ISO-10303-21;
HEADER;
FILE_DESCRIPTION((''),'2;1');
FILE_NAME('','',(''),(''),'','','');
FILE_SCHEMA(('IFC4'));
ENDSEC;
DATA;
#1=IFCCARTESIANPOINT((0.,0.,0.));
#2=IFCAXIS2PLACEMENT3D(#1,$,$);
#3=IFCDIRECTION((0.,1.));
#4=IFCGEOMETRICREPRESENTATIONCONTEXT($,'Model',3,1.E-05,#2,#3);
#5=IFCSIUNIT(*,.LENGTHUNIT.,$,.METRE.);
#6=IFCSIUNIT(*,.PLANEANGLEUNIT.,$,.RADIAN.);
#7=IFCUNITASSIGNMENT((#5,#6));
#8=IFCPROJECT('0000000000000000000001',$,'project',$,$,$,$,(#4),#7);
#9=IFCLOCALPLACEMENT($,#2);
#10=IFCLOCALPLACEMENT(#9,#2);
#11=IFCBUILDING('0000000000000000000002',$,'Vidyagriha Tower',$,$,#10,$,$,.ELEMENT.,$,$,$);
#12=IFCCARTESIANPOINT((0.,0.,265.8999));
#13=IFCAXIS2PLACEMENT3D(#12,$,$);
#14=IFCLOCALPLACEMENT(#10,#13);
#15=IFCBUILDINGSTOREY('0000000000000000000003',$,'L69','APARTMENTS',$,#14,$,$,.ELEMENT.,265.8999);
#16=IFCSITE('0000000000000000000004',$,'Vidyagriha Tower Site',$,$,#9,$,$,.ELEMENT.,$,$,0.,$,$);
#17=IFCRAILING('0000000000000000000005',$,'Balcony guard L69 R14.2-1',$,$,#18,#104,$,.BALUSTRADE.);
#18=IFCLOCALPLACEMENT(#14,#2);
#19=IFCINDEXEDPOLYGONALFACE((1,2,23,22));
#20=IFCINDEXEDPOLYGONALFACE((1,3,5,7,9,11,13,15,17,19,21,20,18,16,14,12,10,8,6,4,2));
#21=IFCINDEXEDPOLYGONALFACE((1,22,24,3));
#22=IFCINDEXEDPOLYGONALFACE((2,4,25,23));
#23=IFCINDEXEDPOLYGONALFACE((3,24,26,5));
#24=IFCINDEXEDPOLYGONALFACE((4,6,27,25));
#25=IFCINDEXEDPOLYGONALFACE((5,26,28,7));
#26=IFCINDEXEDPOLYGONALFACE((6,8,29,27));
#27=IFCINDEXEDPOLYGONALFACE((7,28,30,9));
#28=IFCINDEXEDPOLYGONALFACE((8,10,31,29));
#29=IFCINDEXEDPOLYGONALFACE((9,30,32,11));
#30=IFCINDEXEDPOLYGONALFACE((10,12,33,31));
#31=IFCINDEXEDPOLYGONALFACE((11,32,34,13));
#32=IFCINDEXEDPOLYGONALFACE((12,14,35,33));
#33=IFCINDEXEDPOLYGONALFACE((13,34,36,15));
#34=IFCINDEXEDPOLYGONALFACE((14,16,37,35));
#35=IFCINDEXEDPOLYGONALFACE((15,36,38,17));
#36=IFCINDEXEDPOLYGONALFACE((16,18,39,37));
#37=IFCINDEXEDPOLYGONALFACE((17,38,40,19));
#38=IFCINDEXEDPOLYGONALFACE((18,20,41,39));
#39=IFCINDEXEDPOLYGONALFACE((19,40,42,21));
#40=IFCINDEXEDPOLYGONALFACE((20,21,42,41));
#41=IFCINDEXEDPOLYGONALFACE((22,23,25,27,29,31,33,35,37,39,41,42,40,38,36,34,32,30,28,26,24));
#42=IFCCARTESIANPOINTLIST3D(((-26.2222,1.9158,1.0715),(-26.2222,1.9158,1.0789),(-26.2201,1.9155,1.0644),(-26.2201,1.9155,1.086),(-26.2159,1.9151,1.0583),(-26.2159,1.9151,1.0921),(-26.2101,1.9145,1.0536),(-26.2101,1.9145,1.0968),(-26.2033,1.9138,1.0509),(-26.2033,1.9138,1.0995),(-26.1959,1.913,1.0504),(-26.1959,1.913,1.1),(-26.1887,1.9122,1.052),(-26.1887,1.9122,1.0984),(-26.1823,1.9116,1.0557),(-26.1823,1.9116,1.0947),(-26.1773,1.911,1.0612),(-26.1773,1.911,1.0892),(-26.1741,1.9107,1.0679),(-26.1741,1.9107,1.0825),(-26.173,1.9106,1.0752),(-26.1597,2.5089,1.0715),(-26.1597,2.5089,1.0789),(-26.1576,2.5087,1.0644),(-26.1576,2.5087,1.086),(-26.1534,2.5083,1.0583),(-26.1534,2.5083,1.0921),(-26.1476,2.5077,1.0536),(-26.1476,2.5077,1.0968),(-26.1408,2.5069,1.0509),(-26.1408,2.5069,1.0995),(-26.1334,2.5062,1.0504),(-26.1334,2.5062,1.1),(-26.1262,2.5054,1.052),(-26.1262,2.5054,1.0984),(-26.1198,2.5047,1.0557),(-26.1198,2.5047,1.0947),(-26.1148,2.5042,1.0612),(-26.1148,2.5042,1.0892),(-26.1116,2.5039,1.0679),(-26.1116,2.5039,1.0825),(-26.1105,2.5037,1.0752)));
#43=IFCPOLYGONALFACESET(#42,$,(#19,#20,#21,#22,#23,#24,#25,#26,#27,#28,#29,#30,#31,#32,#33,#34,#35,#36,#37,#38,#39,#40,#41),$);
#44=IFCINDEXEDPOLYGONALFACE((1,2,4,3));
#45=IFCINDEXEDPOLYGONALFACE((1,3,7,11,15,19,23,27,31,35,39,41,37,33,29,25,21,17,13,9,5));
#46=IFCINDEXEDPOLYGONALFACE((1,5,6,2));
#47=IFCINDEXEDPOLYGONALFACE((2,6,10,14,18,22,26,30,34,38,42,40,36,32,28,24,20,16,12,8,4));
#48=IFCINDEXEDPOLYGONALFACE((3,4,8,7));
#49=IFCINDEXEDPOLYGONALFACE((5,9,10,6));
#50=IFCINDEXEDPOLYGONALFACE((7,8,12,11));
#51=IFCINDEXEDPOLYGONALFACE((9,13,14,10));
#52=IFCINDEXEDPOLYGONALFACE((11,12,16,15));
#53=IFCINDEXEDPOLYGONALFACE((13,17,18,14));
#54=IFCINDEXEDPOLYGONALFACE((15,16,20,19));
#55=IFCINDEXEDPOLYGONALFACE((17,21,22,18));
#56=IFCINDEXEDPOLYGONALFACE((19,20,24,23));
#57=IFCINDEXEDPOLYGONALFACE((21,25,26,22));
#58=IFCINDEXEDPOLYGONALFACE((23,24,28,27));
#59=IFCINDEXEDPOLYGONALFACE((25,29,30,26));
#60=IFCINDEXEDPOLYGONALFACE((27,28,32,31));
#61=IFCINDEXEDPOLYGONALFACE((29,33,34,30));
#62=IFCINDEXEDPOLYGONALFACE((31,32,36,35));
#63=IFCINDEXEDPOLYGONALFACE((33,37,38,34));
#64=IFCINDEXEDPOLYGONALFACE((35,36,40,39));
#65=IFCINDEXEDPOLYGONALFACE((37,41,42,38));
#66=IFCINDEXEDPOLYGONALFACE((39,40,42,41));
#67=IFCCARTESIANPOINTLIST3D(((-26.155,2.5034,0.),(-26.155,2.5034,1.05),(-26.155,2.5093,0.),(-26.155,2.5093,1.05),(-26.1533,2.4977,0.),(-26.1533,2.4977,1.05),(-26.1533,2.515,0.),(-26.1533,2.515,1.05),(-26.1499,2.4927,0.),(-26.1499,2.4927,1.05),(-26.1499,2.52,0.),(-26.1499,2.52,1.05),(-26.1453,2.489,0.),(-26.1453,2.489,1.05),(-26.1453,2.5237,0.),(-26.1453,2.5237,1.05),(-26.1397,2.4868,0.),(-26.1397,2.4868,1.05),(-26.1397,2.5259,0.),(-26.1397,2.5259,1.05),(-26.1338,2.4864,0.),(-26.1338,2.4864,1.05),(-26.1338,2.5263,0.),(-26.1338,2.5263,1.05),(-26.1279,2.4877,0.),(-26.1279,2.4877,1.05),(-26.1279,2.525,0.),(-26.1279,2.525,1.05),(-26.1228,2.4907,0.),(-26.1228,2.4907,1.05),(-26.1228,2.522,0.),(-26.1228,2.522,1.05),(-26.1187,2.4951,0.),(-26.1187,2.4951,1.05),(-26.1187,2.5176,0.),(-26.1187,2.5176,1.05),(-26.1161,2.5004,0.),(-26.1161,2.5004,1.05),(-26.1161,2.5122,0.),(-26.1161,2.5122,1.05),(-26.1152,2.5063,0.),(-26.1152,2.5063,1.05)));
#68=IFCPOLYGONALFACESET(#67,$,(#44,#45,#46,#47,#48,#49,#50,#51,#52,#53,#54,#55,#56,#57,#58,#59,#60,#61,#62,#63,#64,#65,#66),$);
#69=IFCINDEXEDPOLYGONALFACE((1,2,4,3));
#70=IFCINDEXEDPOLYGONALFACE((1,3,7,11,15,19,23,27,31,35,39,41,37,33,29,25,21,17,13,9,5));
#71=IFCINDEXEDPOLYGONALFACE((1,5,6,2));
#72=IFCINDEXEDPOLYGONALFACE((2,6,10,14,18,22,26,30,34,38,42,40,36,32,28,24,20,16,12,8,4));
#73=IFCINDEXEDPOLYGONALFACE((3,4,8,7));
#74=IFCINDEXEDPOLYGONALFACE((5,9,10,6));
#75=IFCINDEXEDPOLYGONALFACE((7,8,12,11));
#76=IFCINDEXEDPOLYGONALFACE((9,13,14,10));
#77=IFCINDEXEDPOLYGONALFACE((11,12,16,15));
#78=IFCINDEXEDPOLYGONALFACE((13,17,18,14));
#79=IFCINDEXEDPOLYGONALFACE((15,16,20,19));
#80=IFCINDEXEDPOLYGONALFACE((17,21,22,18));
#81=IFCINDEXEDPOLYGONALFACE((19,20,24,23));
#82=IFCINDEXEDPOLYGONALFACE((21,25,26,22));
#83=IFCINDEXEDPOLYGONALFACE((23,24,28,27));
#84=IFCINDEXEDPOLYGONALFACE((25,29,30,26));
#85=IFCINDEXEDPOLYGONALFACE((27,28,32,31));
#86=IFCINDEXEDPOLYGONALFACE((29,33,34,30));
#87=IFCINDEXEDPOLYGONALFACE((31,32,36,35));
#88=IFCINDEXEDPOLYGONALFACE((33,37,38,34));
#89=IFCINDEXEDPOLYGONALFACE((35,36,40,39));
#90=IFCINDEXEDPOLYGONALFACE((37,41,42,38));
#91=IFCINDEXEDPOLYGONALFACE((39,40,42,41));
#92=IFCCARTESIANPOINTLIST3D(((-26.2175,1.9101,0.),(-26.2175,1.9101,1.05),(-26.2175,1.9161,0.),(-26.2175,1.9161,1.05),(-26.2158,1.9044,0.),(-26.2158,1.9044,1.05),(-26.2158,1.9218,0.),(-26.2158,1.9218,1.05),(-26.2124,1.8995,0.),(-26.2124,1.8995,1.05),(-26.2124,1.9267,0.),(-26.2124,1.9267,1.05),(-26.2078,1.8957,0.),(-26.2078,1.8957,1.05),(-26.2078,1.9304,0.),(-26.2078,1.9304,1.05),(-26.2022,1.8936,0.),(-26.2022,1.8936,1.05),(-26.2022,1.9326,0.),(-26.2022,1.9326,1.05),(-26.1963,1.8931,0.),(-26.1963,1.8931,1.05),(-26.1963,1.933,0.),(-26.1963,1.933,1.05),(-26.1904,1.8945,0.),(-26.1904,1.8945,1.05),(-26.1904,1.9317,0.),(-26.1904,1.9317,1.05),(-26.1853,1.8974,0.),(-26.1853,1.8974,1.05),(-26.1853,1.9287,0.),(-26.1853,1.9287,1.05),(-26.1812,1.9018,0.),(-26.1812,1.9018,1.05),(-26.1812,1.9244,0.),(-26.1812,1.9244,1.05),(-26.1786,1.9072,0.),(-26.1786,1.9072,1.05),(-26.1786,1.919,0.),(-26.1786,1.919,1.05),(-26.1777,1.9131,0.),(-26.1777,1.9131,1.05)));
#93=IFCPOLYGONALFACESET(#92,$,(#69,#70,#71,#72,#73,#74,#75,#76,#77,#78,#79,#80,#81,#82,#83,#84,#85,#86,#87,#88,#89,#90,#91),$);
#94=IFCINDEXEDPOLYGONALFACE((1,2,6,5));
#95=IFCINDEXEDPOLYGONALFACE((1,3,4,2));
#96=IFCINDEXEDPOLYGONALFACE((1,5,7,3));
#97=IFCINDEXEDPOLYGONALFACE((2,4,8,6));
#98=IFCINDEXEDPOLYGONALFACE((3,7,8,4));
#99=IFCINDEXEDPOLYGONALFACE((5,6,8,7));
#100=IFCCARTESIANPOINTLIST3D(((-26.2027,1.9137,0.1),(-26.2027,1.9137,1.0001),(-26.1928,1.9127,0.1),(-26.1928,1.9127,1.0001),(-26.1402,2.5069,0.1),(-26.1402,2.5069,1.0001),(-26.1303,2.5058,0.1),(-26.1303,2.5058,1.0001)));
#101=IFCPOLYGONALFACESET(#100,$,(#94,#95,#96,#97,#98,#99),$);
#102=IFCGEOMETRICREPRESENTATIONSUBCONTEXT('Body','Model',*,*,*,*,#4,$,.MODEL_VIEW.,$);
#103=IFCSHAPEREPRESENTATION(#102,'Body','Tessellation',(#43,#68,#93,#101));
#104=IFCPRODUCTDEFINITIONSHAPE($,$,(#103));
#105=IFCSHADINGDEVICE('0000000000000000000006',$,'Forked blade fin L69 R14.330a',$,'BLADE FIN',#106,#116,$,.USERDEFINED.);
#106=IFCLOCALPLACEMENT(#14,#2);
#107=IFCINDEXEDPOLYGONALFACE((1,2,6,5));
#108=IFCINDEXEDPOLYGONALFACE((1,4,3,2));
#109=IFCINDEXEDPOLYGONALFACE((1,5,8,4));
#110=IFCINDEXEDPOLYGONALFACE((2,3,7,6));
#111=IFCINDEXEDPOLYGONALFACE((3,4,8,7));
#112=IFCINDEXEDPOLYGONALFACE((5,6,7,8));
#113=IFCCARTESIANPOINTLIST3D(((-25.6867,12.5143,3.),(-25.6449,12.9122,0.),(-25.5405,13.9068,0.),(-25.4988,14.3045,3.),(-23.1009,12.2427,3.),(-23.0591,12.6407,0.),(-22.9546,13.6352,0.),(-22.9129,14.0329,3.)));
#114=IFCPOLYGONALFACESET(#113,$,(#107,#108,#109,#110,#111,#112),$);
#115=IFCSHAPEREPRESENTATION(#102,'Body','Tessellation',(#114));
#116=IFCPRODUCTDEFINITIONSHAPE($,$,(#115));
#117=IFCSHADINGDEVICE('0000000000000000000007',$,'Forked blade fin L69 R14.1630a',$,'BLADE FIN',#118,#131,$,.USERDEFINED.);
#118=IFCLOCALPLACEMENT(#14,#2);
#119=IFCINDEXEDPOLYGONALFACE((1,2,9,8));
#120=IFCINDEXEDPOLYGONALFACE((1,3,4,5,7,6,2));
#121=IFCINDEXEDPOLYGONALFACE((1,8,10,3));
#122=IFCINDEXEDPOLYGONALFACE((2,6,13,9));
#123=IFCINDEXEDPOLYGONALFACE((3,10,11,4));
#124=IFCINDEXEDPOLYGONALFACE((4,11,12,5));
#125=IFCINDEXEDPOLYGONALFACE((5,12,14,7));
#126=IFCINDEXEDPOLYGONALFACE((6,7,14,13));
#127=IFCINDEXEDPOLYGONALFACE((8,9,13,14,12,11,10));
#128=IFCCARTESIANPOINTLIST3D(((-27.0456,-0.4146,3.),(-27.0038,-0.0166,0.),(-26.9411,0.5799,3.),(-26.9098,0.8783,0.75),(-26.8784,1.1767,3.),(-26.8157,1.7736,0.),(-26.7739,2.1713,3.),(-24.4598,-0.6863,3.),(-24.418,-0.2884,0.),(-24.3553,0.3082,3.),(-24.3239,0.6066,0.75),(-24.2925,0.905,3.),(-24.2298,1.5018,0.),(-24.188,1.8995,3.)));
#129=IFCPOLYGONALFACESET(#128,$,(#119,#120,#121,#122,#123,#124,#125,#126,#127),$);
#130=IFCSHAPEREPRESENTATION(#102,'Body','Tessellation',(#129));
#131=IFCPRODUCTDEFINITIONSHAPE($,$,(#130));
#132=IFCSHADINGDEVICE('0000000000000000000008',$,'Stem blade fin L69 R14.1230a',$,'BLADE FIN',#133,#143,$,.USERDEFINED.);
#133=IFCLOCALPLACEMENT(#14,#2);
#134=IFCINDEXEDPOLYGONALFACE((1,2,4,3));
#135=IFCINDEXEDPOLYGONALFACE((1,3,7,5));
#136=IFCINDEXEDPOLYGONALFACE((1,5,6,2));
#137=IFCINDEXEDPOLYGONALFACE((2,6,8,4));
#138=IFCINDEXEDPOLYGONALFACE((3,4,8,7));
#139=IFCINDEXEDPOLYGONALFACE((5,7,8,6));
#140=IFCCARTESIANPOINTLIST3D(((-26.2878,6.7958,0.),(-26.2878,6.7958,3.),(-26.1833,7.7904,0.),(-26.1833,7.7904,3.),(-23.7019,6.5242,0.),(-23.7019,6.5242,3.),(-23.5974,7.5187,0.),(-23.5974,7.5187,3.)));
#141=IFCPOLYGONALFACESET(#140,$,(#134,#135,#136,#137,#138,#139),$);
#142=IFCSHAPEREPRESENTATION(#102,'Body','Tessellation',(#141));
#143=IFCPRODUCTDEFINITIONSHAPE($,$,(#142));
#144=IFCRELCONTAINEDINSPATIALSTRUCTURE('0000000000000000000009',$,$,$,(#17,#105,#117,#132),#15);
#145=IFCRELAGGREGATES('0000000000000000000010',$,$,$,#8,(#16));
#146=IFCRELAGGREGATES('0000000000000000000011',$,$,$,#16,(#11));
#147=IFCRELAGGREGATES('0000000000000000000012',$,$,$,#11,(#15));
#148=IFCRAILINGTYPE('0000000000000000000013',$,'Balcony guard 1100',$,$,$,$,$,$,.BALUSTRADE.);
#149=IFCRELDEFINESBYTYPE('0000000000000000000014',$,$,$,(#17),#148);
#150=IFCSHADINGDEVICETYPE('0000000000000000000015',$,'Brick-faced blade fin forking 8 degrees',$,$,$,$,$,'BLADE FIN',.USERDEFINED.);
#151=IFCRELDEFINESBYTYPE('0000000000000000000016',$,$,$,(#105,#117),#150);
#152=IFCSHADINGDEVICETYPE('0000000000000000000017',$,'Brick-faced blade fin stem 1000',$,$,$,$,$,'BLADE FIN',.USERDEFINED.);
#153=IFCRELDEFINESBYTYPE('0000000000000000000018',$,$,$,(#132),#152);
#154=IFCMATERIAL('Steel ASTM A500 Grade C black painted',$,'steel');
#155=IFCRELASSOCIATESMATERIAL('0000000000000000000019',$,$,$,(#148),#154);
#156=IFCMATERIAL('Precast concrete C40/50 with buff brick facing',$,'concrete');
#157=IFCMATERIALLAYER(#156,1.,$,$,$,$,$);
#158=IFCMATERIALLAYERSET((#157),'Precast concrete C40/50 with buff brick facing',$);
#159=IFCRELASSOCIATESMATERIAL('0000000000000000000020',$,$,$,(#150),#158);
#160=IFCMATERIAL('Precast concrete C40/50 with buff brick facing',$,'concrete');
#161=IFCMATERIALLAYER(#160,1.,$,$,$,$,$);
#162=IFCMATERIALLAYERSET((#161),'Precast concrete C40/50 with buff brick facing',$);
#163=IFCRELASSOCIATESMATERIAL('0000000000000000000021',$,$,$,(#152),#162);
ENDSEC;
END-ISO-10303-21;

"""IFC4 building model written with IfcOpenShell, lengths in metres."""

from ifc_helpers import new_model, si_unit, direction, frame, origin, origin_2d, place, context, subcontext, project, spatial, polyline, rectangle, circle, outline, extrude, material, layer, layer_set, type_object, element, save


model = new_model("IFC4")

# Units and contexts
model_context = context("Model", 3, precision=1e-05, world=origin(), true_north=direction((0.0, 1.0)))
body_context = subcontext(model_context, "Body", "Model", "MODEL_VIEW")
ifc_project = project(units=[si_unit("LENGTHUNIT", "METRE"), si_unit("PLANEANGLEUNIT", "RADIAN")], contexts=[model_context])

# Site, building, storey
site_placement = place(None, origin())
site = spatial("IfcSite", under=ifc_project, at=site_placement, Name="Vidyagriha Tower Site", CompositionType="ELEMENT", RefElevation=0.0)
building_placement = place(site_placement, origin())
building = spatial("IfcBuilding", under=site, at=building_placement, Name="Vidyagriha Tower", CompositionType="ELEMENT")
storey_placement = place(building_placement, frame((0.0, 0.0, 265.8999)))
storey = spatial("IfcBuildingStorey", under=building, at=storey_placement, Name="L69", Description="APARTMENTS", CompositionType="ELEMENT", Elevation=265.8999)

# Railing
ifc_material_1 = material(Name="Steel ASTM A500 Grade C black painted", Category="steel")
railing_type_1 = type_object("IfcRailingType", Name="Balcony guard 1100", PredefinedType="BALUSTRADE", material=ifc_material_1)
railing_1_placement = place(storey_placement, frame((-26.1353, 2.5063, 0.0)))
element("IfcRailing", 1, at=railing_1_placement, inside=storey, type_object=railing_type_1, Name="Balcony guard L69 R14.2-1", PredefinedType="BALUSTRADE", context=body_context, shape_type="SweptSolid", body=[
    extrude(circle(Radius=0.0249, at=origin_2d()), frame((0.0, 0.0, 1.0752), z_axis=(-0.10477, -0.994496, 0.0), x_axis=(0.994496, -0.10477, 0.0)), (0.0, 0.0, 1.0), 0.5964),
    extrude(circle(Radius=0.02, at=origin_2d()), origin(), (0.0, 0.0, 1.0), 1.05),
    extrude(circle(Radius=0.02, at=origin_2d()), frame((-0.0625, -0.5933, 0.0)), (0.0, 0.0, 1.0), 1.05),
    extrude(rectangle(XDim=0.01, YDim=0.9001, at=origin_2d()), frame((0.0, 0.0, 0.55), z_axis=(-0.10477, -0.994496, 0.0), x_axis=(0.994496, -0.10477, 0.0)), (0.0, 0.0, 1.0), 0.5964),
])

# Shading devices
ifc_material_2 = material(Name="Precast concrete C40/50 with buff brick facing", Category="concrete")
ifc_layer_1 = layer(ifc_material_2, 1.0)
ifc_layer_set_1 = layer_set([ifc_layer_1], Name="Precast concrete C40/50 with buff brick facing")
shading_device_type_1 = type_object("IfcShadingDeviceType", Name="Brick-faced blade fin forking 8 degrees", ElementType="BLADE FIN", PredefinedType="USERDEFINED", material=ifc_layer_set_1)
shading_device_1_placement = place(storey_placement, frame((-24.2058, 14.1687, 0.0), z_axis=(0.0, 0.0, 1.0), x_axis=(-0.104431, -0.994532, 0.0)))
element("IfcShadingDevice", 2, at=shading_device_1_placement, inside=storey, type_object=shading_device_type_1, Name="Forked blade fin L69 R14.330a", ObjectType="BLADE FIN", PredefinedType="USERDEFINED", context=body_context, shape_type="SweptSolid", body=[
    extrude(outline(polyline([(0.3999, 0.0), (1.3999, 0.0), (1.8, 3.0), (0.0, 3.0), (0.3999, 0.0)])), frame((0.0, 1.3, 0.0), z_axis=(0.0, -1.0, 0.0), x_axis=(1.0, 0.0, 0.0)), (0.0, 0.0, 1.0), 2.6001),
])
shading_device_2_placement = place(storey_placement, frame((-25.481, 2.0354, 0.0), z_axis=(0.0, 0.0, 1.0), x_axis=(-0.104514, -0.994523, 0.0)))
element("IfcShadingDevice", 3, at=shading_device_2_placement, inside=storey, type_object=shading_device_type_1, Name="Forked blade fin L69 R14.1630a", ObjectType="BLADE FIN", PredefinedType="USERDEFINED", context=body_context, shape_type="SweptSolid", body=[
    extrude(outline(polyline([(0.3999, 0.0), (2.2, 0.0), (2.6001, 3.0), (1.6001, 3.0), (1.3, 0.75), (1.0, 3.0), (0.0, 3.0), (0.3999, 0.0)])), frame((0.0, 1.3, 0.0), z_axis=(0.0, -1.0, 0.0), x_axis=(1.0, 0.0, 0.0)), (0.0, 0.0, 1.0), 2.6001),
])
ifc_material_3 = material(Name="Precast concrete C40/50 with buff brick facing", Category="concrete")
ifc_layer_2 = layer(ifc_material_3, 1.0)
ifc_layer_set_2 = layer_set([ifc_layer_2], Name="Precast concrete C40/50 with buff brick facing")
shading_device_type_2 = type_object("IfcShadingDeviceType", Name="Brick-faced blade fin stem 1000", ElementType="BLADE FIN", PredefinedType="USERDEFINED", material=ifc_layer_set_2)
shading_device_3_placement = place(storey_placement, frame((-24.8904, 7.6545, 0.0), z_axis=(0.0, 0.0, 1.0), x_axis=(-0.104481, -0.994527, 0.0)))
element("IfcShadingDevice", 4, at=shading_device_3_placement, inside=storey, type_object=shading_device_type_2, Name="Stem blade fin L69 R14.1230a", ObjectType="BLADE FIN", PredefinedType="USERDEFINED", context=body_context, shape_type="SweptSolid", body=[
    extrude(outline(polyline([(0.0, 0.0), (1.0, 0.0), (1.0, 3.0), (0.0, 3.0), (0.0, 0.0)])), frame((0.0, 1.3, 0.0), z_axis=(0.0, -1.0, 0.0), x_axis=(1.0, 0.0, 0.0)), (0.0, 0.0, 1.0), 2.6001),
])

save(model, "model.ifc")
